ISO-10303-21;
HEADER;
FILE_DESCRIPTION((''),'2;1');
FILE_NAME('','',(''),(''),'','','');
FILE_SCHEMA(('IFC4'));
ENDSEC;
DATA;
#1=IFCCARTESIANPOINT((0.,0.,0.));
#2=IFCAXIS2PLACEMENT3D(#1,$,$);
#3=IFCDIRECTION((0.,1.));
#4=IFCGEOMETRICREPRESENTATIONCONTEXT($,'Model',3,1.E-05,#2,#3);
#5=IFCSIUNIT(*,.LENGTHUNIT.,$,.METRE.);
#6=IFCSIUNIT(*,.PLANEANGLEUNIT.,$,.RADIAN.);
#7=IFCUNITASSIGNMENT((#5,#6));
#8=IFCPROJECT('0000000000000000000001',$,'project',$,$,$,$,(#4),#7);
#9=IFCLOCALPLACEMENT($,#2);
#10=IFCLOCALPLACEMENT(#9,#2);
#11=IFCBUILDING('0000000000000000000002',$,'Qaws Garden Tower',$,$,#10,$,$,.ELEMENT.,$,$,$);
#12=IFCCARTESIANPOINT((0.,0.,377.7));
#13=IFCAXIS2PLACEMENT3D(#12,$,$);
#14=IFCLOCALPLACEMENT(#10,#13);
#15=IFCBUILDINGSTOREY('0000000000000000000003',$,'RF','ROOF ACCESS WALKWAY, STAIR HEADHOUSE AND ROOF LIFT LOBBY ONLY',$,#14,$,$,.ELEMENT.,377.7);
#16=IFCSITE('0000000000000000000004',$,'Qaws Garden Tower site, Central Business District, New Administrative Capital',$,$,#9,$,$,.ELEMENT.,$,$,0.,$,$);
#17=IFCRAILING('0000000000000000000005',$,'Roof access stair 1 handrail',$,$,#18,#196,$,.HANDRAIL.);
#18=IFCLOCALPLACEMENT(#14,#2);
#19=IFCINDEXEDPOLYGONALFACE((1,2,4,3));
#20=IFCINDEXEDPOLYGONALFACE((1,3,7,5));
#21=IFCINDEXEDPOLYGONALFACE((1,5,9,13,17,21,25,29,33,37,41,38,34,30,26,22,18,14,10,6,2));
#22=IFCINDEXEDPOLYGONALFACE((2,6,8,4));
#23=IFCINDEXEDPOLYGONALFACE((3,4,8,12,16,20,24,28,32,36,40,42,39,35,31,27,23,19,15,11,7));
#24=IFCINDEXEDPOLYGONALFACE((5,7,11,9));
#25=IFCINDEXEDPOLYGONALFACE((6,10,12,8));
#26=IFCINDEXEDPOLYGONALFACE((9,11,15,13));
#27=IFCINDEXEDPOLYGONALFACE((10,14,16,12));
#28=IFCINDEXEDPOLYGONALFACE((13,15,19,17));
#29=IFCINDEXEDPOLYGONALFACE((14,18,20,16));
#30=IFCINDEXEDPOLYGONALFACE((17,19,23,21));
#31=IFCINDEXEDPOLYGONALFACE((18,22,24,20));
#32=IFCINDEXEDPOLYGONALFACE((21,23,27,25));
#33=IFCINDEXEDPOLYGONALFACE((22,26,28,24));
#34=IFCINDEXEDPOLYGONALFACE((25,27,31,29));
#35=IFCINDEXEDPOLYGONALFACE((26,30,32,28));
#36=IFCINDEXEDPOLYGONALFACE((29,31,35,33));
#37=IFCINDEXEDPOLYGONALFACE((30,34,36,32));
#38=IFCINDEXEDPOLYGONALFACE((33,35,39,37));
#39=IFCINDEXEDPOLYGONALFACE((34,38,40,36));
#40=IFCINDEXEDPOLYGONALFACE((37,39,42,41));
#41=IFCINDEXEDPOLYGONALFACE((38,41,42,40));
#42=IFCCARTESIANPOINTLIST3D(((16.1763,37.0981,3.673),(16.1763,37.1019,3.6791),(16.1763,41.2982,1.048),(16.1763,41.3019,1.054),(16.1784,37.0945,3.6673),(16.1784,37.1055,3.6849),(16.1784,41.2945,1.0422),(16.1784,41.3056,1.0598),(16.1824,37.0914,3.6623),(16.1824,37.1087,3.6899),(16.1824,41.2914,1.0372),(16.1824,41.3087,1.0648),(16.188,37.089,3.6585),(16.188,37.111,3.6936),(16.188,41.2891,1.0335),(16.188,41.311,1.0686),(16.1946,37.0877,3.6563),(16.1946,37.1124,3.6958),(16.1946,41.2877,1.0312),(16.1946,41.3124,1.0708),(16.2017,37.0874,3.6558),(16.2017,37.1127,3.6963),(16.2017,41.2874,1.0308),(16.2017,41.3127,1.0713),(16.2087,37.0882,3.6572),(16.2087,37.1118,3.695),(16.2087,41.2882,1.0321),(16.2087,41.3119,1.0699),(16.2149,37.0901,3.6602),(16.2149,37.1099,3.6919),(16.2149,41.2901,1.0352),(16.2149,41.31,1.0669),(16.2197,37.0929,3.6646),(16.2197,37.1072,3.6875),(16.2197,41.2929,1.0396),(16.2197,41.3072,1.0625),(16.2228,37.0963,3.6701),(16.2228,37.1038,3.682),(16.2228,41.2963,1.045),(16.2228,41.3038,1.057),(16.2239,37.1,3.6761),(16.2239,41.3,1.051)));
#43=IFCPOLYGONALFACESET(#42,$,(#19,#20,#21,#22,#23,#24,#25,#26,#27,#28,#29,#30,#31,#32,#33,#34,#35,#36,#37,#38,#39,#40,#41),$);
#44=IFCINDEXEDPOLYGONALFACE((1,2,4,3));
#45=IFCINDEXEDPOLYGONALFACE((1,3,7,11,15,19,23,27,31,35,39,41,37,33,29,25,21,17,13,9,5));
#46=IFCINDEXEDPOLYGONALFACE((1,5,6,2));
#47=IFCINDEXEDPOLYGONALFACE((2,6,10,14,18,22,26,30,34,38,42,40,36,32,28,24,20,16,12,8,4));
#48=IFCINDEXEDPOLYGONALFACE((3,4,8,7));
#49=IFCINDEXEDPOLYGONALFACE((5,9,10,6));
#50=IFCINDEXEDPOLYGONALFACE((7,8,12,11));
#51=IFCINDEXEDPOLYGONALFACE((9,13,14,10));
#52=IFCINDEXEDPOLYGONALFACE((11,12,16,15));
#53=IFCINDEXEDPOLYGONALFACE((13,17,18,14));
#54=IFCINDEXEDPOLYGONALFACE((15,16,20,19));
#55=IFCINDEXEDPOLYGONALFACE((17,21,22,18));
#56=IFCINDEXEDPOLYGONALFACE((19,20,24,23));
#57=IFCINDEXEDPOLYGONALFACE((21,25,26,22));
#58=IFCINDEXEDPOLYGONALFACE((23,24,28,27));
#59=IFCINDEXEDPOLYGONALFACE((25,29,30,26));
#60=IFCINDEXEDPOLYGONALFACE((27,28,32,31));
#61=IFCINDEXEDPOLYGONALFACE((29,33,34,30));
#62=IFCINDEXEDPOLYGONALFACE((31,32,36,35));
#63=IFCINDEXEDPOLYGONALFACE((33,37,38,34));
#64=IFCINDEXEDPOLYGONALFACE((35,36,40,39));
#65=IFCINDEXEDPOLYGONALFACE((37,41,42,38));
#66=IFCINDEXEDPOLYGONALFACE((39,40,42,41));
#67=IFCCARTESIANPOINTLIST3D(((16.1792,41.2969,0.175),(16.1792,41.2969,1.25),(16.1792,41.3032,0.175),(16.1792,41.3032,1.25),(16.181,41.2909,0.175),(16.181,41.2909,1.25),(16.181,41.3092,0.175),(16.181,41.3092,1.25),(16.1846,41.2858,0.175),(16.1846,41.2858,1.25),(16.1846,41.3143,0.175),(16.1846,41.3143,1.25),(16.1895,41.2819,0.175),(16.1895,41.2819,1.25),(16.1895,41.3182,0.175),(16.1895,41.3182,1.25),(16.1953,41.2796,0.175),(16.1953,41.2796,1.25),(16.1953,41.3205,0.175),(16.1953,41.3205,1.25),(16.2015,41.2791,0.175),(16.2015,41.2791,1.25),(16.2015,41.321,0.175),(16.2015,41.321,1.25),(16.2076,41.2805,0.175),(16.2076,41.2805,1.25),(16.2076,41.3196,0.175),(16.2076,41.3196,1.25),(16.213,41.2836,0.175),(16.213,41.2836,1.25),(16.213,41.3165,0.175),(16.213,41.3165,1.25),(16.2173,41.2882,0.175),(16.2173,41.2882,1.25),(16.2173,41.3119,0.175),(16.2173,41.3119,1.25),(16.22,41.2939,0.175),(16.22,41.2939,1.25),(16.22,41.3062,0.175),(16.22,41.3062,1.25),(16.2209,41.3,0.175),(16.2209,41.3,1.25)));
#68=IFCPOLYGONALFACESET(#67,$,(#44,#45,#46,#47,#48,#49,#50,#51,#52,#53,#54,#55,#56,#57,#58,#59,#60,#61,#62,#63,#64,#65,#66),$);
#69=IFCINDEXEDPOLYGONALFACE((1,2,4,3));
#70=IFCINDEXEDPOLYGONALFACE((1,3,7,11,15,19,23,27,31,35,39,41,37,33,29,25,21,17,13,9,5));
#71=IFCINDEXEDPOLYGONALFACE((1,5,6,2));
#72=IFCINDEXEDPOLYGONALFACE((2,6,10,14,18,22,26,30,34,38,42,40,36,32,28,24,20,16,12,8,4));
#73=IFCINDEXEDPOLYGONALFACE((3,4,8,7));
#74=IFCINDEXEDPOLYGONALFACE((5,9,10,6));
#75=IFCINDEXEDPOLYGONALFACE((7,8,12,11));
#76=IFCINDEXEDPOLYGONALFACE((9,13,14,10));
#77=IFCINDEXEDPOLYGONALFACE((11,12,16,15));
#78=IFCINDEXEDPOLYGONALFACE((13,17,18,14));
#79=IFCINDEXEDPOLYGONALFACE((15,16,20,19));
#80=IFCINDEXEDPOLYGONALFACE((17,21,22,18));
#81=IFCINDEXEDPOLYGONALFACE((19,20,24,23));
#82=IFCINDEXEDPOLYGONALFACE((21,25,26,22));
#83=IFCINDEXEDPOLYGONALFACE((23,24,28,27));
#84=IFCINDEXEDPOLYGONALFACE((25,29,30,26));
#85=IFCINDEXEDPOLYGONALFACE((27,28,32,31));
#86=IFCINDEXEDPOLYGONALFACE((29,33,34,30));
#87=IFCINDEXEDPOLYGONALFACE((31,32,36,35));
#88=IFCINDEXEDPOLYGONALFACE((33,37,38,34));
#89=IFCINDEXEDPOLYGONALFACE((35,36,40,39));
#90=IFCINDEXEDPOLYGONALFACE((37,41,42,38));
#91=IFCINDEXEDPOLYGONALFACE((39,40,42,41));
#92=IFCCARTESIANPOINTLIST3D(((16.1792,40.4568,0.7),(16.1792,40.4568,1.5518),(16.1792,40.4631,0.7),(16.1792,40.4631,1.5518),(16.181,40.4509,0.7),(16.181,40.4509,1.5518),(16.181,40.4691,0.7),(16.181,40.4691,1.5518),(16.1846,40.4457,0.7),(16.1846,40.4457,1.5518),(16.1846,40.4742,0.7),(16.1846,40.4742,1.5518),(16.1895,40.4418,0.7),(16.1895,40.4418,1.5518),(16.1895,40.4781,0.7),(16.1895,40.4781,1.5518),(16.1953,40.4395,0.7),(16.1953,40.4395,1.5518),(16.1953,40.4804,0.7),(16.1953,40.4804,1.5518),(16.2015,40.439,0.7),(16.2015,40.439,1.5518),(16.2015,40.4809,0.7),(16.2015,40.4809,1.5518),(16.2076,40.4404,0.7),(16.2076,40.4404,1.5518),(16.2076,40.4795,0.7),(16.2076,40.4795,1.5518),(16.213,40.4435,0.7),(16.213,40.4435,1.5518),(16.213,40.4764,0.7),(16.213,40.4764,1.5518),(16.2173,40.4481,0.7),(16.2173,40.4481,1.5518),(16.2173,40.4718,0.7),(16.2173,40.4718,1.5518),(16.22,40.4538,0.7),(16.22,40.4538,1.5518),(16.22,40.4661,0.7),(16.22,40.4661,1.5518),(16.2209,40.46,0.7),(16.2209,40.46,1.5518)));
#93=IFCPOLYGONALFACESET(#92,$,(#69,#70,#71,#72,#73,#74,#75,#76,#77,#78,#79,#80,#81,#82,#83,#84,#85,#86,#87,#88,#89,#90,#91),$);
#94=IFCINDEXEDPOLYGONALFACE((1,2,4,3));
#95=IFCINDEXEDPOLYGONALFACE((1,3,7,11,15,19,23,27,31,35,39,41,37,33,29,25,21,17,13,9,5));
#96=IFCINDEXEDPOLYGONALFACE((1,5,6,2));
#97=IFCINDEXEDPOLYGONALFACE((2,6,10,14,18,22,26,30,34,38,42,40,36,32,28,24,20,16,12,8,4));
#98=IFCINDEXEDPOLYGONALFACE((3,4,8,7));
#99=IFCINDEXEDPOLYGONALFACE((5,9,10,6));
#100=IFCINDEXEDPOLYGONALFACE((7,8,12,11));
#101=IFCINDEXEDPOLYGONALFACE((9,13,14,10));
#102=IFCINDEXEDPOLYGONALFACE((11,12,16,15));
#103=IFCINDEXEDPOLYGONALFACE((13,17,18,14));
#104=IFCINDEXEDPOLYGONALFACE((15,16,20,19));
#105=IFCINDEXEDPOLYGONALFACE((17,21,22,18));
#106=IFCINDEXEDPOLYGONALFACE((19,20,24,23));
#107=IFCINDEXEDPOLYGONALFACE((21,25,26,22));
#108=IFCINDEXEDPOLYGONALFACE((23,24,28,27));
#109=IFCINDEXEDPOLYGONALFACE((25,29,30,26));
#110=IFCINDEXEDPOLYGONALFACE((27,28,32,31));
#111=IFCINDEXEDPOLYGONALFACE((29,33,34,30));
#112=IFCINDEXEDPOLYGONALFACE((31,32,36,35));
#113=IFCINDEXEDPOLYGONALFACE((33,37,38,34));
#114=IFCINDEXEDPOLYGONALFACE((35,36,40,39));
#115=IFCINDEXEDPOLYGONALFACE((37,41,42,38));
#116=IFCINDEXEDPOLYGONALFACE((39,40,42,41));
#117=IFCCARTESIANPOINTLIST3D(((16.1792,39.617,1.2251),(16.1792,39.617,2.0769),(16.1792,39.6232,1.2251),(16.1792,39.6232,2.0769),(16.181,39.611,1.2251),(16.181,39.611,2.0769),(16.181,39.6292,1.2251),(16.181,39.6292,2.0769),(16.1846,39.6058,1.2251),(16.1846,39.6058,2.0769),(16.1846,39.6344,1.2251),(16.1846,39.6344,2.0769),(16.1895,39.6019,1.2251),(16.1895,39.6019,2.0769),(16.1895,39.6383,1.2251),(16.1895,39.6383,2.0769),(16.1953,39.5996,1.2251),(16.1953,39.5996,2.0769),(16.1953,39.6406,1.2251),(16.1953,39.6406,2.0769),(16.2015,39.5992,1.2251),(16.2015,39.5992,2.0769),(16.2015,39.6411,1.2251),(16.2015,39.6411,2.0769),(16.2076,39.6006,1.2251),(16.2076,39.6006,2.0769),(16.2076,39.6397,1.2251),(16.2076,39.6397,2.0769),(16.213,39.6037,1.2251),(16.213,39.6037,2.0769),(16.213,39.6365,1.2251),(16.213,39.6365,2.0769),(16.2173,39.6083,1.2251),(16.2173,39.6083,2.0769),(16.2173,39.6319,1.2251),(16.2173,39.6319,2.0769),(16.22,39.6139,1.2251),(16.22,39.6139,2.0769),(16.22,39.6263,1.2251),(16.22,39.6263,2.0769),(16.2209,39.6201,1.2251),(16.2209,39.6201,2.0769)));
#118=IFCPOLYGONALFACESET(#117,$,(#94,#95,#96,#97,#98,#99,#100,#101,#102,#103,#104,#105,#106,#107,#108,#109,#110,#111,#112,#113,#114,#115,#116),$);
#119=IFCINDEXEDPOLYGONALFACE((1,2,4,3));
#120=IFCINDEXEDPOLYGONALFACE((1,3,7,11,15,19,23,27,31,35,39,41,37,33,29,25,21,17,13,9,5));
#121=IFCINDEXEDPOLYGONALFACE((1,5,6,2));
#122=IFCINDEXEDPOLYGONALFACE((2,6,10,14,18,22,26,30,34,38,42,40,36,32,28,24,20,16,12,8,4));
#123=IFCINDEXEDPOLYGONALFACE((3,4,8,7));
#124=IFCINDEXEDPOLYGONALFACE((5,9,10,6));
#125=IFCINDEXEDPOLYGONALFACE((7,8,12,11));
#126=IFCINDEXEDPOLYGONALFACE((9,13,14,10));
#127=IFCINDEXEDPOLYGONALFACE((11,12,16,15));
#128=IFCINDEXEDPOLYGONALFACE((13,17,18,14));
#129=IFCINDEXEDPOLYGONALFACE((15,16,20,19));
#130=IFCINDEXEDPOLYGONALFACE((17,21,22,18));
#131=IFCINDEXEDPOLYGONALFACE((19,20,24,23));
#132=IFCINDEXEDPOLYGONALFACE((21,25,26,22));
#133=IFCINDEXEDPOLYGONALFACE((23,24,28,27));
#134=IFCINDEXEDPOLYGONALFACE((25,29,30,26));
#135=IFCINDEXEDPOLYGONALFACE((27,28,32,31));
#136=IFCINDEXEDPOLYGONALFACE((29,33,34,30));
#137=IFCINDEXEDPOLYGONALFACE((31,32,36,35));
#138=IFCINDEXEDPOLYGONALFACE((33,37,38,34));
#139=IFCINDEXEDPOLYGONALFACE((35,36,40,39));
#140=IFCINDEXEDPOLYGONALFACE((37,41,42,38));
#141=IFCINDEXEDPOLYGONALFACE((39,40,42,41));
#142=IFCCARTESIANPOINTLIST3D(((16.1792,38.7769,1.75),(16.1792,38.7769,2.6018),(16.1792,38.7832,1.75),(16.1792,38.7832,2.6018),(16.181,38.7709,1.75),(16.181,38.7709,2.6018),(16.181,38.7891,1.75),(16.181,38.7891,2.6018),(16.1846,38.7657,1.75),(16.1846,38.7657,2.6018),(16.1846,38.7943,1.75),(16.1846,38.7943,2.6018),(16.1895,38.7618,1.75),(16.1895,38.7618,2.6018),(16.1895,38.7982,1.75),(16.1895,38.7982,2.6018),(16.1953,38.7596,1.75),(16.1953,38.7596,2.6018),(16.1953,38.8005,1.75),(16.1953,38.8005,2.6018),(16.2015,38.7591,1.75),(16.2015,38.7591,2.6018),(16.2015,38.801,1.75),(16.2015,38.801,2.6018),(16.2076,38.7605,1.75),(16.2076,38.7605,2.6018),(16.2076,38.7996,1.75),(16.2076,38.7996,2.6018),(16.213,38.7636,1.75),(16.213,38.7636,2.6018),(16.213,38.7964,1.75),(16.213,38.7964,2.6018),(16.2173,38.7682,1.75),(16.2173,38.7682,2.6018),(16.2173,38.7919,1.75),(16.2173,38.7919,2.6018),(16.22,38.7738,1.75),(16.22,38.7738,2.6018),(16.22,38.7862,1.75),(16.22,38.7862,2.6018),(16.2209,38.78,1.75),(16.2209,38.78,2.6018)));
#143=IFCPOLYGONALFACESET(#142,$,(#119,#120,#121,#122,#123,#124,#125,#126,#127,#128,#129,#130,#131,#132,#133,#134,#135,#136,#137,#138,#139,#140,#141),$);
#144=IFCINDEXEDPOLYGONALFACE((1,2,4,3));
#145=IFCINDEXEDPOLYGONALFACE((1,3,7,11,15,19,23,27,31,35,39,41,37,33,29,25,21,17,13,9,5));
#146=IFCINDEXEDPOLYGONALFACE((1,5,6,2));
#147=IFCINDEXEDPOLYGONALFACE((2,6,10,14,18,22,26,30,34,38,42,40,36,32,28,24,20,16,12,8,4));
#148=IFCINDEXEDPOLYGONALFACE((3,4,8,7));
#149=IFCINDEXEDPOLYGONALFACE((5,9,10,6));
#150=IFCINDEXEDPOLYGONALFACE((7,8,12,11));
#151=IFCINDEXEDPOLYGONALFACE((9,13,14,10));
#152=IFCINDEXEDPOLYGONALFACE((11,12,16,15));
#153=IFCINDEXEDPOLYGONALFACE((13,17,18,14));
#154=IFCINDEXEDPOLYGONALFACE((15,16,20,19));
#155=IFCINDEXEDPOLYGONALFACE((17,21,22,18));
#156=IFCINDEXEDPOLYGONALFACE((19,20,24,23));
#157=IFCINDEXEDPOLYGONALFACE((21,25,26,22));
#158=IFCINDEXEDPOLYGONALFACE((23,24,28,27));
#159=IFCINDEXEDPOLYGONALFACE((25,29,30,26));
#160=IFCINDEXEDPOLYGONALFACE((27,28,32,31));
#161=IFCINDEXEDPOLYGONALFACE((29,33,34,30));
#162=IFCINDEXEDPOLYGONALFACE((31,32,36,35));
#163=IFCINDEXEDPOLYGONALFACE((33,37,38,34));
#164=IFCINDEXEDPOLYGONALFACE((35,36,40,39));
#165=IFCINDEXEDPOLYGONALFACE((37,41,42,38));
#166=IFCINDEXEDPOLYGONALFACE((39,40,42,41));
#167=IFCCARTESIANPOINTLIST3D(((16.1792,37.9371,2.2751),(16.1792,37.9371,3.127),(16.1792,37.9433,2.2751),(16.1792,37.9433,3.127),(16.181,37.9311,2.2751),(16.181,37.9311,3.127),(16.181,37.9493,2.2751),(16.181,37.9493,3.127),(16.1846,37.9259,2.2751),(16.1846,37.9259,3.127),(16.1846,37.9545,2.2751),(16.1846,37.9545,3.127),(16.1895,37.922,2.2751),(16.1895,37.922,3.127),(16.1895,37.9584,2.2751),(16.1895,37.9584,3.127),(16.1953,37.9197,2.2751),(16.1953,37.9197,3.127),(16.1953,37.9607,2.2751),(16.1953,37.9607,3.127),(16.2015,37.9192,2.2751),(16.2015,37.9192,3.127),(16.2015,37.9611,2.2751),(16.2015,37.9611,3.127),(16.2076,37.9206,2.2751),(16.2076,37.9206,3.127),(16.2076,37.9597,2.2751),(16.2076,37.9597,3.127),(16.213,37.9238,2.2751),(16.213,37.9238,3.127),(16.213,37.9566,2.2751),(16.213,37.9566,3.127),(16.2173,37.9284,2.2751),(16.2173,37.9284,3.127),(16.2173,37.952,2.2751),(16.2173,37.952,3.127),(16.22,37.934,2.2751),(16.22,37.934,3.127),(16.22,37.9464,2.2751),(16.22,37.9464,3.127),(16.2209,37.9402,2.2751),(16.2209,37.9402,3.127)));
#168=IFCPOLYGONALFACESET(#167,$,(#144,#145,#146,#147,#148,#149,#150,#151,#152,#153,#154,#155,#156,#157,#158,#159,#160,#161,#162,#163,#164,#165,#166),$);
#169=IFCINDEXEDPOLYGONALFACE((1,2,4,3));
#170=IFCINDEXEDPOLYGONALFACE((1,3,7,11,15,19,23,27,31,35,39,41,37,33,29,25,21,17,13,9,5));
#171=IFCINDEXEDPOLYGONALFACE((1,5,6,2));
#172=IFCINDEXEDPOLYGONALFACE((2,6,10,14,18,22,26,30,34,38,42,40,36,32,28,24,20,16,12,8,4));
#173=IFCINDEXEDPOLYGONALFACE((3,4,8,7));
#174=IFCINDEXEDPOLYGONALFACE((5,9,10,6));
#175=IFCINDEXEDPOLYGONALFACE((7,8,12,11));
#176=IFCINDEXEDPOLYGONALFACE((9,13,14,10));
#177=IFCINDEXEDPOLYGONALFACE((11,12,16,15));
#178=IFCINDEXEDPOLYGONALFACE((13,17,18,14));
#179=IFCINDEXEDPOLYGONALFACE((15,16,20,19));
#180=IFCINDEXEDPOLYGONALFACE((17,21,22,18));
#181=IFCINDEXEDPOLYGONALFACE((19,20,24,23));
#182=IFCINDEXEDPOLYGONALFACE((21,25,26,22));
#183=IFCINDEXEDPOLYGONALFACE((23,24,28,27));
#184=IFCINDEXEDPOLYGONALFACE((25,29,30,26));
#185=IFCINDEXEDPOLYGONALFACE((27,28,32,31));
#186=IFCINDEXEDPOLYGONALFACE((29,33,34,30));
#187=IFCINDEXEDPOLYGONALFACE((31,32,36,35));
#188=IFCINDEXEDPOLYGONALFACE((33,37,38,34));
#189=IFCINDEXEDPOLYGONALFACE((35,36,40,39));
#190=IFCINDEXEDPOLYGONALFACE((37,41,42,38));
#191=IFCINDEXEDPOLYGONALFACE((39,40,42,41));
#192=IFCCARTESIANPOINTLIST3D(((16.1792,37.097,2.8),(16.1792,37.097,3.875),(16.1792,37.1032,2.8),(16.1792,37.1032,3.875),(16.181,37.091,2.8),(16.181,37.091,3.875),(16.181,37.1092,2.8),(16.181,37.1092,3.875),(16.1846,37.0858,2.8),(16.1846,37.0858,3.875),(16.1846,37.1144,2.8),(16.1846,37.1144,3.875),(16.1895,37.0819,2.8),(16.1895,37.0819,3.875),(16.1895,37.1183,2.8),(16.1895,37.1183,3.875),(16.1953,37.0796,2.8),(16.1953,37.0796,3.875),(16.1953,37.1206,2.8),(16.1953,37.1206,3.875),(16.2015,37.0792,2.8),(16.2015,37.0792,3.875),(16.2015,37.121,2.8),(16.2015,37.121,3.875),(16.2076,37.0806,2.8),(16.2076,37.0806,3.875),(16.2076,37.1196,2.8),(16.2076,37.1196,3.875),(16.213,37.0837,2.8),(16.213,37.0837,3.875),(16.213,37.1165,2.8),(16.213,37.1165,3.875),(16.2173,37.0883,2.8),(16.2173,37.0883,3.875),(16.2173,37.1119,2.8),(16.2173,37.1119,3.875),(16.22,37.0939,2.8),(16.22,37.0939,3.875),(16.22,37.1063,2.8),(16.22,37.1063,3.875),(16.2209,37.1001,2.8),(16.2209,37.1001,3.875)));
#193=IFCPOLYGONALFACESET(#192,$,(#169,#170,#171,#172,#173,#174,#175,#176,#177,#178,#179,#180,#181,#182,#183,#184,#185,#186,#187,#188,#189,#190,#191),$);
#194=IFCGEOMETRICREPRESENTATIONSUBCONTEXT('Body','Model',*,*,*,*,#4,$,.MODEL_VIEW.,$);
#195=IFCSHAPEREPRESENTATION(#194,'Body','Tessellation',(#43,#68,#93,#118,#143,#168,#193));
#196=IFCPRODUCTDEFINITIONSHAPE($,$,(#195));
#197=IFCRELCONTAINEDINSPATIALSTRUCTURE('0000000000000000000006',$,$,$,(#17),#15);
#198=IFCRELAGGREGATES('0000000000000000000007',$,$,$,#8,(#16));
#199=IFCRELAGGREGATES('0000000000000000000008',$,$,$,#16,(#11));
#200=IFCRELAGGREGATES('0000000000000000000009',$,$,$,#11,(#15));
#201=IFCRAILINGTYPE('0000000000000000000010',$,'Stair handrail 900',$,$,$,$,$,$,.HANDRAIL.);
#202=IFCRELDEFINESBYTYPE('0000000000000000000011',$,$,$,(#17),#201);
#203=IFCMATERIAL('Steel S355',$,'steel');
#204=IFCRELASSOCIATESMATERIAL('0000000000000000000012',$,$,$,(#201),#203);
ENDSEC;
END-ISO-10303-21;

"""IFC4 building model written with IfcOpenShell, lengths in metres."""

from ifc_helpers import new_model, si_unit, direction, frame, origin, origin_2d, place, context, subcontext, project, spatial, circle, extrude, material, type_object, element, save


model = new_model("IFC4")

# Units and contexts
model_context = context("Model", 3, precision=1e-05, world=origin(), true_north=direction((0.0, 1.0)))
body_context = subcontext(model_context, "Body", "Model", "MODEL_VIEW")
ifc_project = project(units=[si_unit("LENGTHUNIT", "METRE"), si_unit("PLANEANGLEUNIT", "RADIAN")], contexts=[model_context])

# Site, building, storey
site_placement = place(None, origin())
site = spatial("IfcSite", under=ifc_project, at=site_placement, Name="Qaws Garden Tower site, Central Business District, New Administrative Capital", CompositionType="ELEMENT", RefElevation=0.0)
building_placement = place(site_placement, origin())
building = spatial("IfcBuilding", under=site, at=building_placement, Name="Qaws Garden Tower", CompositionType="ELEMENT")
storey_placement = place(building_placement, frame((0.0, 0.0, 377.7)))
storey = spatial("IfcBuildingStorey", under=building, at=storey_placement, Name="RF", Description="ROOF ACCESS WALKWAY, STAIR HEADHOUSE AND ROOF LIFT LOBBY ONLY", CompositionType="ELEMENT", Elevation=377.7)

# Railing
ifc_material_1 = material(Name="Steel S355", Category="steel")
railing_type_1 = type_object("IfcRailingType", Name="Stair handrail 900", PredefinedType="HANDRAIL", material=ifc_material_1)
for number, where, name in (
    (1, (16.2, 41.3, 0.175), "Roof access stair 1 handrail"),
):
    element("IfcRailing", number, at=place(storey_placement, frame(where)), inside=storey, type_object=railing_type_1, Name=name, PredefinedType="HANDRAIL", context=body_context, shape_type="SweptSolid", body=[
        extrude(circle(Radius=0.0239, at=origin_2d()), frame((0.0, 0.0, 0.876), z_axis=(0.0, -0.847996, 0.530003), x_axis=(1.0, 0.0, 0.0)), (0.0, 0.0, 1.0), 4.9529),
        extrude(circle(Radius=0.021, at=origin_2d()), origin(), (0.0, 0.0, 1.0), 1.075),
        extrude(circle(Radius=0.021, at=origin_2d()), frame((0.0, -0.8401, 0.5249)), (0.0, 0.0, 1.0), 0.8518),
        extrude(circle(Radius=0.021, at=origin_2d()), frame((0.0, -1.6799, 1.05)), (0.0, 0.0, 1.0), 0.8518),
        extrude(circle(Radius=0.021, at=origin_2d()), frame((0.0, -2.52, 1.575)), (0.0, 0.0, 1.0), 0.8518),
        extrude(circle(Radius=0.021, at=origin_2d()), frame((0.0, -3.3599, 2.1001)), (0.0, 0.0, 1.0), 0.8518),
        extrude(circle(Radius=0.021, at=origin_2d()), frame((0.0, -4.2, 2.625)), (0.0, 0.0, 1.0), 1.075),
    ])

save(model, "model.ifc")
